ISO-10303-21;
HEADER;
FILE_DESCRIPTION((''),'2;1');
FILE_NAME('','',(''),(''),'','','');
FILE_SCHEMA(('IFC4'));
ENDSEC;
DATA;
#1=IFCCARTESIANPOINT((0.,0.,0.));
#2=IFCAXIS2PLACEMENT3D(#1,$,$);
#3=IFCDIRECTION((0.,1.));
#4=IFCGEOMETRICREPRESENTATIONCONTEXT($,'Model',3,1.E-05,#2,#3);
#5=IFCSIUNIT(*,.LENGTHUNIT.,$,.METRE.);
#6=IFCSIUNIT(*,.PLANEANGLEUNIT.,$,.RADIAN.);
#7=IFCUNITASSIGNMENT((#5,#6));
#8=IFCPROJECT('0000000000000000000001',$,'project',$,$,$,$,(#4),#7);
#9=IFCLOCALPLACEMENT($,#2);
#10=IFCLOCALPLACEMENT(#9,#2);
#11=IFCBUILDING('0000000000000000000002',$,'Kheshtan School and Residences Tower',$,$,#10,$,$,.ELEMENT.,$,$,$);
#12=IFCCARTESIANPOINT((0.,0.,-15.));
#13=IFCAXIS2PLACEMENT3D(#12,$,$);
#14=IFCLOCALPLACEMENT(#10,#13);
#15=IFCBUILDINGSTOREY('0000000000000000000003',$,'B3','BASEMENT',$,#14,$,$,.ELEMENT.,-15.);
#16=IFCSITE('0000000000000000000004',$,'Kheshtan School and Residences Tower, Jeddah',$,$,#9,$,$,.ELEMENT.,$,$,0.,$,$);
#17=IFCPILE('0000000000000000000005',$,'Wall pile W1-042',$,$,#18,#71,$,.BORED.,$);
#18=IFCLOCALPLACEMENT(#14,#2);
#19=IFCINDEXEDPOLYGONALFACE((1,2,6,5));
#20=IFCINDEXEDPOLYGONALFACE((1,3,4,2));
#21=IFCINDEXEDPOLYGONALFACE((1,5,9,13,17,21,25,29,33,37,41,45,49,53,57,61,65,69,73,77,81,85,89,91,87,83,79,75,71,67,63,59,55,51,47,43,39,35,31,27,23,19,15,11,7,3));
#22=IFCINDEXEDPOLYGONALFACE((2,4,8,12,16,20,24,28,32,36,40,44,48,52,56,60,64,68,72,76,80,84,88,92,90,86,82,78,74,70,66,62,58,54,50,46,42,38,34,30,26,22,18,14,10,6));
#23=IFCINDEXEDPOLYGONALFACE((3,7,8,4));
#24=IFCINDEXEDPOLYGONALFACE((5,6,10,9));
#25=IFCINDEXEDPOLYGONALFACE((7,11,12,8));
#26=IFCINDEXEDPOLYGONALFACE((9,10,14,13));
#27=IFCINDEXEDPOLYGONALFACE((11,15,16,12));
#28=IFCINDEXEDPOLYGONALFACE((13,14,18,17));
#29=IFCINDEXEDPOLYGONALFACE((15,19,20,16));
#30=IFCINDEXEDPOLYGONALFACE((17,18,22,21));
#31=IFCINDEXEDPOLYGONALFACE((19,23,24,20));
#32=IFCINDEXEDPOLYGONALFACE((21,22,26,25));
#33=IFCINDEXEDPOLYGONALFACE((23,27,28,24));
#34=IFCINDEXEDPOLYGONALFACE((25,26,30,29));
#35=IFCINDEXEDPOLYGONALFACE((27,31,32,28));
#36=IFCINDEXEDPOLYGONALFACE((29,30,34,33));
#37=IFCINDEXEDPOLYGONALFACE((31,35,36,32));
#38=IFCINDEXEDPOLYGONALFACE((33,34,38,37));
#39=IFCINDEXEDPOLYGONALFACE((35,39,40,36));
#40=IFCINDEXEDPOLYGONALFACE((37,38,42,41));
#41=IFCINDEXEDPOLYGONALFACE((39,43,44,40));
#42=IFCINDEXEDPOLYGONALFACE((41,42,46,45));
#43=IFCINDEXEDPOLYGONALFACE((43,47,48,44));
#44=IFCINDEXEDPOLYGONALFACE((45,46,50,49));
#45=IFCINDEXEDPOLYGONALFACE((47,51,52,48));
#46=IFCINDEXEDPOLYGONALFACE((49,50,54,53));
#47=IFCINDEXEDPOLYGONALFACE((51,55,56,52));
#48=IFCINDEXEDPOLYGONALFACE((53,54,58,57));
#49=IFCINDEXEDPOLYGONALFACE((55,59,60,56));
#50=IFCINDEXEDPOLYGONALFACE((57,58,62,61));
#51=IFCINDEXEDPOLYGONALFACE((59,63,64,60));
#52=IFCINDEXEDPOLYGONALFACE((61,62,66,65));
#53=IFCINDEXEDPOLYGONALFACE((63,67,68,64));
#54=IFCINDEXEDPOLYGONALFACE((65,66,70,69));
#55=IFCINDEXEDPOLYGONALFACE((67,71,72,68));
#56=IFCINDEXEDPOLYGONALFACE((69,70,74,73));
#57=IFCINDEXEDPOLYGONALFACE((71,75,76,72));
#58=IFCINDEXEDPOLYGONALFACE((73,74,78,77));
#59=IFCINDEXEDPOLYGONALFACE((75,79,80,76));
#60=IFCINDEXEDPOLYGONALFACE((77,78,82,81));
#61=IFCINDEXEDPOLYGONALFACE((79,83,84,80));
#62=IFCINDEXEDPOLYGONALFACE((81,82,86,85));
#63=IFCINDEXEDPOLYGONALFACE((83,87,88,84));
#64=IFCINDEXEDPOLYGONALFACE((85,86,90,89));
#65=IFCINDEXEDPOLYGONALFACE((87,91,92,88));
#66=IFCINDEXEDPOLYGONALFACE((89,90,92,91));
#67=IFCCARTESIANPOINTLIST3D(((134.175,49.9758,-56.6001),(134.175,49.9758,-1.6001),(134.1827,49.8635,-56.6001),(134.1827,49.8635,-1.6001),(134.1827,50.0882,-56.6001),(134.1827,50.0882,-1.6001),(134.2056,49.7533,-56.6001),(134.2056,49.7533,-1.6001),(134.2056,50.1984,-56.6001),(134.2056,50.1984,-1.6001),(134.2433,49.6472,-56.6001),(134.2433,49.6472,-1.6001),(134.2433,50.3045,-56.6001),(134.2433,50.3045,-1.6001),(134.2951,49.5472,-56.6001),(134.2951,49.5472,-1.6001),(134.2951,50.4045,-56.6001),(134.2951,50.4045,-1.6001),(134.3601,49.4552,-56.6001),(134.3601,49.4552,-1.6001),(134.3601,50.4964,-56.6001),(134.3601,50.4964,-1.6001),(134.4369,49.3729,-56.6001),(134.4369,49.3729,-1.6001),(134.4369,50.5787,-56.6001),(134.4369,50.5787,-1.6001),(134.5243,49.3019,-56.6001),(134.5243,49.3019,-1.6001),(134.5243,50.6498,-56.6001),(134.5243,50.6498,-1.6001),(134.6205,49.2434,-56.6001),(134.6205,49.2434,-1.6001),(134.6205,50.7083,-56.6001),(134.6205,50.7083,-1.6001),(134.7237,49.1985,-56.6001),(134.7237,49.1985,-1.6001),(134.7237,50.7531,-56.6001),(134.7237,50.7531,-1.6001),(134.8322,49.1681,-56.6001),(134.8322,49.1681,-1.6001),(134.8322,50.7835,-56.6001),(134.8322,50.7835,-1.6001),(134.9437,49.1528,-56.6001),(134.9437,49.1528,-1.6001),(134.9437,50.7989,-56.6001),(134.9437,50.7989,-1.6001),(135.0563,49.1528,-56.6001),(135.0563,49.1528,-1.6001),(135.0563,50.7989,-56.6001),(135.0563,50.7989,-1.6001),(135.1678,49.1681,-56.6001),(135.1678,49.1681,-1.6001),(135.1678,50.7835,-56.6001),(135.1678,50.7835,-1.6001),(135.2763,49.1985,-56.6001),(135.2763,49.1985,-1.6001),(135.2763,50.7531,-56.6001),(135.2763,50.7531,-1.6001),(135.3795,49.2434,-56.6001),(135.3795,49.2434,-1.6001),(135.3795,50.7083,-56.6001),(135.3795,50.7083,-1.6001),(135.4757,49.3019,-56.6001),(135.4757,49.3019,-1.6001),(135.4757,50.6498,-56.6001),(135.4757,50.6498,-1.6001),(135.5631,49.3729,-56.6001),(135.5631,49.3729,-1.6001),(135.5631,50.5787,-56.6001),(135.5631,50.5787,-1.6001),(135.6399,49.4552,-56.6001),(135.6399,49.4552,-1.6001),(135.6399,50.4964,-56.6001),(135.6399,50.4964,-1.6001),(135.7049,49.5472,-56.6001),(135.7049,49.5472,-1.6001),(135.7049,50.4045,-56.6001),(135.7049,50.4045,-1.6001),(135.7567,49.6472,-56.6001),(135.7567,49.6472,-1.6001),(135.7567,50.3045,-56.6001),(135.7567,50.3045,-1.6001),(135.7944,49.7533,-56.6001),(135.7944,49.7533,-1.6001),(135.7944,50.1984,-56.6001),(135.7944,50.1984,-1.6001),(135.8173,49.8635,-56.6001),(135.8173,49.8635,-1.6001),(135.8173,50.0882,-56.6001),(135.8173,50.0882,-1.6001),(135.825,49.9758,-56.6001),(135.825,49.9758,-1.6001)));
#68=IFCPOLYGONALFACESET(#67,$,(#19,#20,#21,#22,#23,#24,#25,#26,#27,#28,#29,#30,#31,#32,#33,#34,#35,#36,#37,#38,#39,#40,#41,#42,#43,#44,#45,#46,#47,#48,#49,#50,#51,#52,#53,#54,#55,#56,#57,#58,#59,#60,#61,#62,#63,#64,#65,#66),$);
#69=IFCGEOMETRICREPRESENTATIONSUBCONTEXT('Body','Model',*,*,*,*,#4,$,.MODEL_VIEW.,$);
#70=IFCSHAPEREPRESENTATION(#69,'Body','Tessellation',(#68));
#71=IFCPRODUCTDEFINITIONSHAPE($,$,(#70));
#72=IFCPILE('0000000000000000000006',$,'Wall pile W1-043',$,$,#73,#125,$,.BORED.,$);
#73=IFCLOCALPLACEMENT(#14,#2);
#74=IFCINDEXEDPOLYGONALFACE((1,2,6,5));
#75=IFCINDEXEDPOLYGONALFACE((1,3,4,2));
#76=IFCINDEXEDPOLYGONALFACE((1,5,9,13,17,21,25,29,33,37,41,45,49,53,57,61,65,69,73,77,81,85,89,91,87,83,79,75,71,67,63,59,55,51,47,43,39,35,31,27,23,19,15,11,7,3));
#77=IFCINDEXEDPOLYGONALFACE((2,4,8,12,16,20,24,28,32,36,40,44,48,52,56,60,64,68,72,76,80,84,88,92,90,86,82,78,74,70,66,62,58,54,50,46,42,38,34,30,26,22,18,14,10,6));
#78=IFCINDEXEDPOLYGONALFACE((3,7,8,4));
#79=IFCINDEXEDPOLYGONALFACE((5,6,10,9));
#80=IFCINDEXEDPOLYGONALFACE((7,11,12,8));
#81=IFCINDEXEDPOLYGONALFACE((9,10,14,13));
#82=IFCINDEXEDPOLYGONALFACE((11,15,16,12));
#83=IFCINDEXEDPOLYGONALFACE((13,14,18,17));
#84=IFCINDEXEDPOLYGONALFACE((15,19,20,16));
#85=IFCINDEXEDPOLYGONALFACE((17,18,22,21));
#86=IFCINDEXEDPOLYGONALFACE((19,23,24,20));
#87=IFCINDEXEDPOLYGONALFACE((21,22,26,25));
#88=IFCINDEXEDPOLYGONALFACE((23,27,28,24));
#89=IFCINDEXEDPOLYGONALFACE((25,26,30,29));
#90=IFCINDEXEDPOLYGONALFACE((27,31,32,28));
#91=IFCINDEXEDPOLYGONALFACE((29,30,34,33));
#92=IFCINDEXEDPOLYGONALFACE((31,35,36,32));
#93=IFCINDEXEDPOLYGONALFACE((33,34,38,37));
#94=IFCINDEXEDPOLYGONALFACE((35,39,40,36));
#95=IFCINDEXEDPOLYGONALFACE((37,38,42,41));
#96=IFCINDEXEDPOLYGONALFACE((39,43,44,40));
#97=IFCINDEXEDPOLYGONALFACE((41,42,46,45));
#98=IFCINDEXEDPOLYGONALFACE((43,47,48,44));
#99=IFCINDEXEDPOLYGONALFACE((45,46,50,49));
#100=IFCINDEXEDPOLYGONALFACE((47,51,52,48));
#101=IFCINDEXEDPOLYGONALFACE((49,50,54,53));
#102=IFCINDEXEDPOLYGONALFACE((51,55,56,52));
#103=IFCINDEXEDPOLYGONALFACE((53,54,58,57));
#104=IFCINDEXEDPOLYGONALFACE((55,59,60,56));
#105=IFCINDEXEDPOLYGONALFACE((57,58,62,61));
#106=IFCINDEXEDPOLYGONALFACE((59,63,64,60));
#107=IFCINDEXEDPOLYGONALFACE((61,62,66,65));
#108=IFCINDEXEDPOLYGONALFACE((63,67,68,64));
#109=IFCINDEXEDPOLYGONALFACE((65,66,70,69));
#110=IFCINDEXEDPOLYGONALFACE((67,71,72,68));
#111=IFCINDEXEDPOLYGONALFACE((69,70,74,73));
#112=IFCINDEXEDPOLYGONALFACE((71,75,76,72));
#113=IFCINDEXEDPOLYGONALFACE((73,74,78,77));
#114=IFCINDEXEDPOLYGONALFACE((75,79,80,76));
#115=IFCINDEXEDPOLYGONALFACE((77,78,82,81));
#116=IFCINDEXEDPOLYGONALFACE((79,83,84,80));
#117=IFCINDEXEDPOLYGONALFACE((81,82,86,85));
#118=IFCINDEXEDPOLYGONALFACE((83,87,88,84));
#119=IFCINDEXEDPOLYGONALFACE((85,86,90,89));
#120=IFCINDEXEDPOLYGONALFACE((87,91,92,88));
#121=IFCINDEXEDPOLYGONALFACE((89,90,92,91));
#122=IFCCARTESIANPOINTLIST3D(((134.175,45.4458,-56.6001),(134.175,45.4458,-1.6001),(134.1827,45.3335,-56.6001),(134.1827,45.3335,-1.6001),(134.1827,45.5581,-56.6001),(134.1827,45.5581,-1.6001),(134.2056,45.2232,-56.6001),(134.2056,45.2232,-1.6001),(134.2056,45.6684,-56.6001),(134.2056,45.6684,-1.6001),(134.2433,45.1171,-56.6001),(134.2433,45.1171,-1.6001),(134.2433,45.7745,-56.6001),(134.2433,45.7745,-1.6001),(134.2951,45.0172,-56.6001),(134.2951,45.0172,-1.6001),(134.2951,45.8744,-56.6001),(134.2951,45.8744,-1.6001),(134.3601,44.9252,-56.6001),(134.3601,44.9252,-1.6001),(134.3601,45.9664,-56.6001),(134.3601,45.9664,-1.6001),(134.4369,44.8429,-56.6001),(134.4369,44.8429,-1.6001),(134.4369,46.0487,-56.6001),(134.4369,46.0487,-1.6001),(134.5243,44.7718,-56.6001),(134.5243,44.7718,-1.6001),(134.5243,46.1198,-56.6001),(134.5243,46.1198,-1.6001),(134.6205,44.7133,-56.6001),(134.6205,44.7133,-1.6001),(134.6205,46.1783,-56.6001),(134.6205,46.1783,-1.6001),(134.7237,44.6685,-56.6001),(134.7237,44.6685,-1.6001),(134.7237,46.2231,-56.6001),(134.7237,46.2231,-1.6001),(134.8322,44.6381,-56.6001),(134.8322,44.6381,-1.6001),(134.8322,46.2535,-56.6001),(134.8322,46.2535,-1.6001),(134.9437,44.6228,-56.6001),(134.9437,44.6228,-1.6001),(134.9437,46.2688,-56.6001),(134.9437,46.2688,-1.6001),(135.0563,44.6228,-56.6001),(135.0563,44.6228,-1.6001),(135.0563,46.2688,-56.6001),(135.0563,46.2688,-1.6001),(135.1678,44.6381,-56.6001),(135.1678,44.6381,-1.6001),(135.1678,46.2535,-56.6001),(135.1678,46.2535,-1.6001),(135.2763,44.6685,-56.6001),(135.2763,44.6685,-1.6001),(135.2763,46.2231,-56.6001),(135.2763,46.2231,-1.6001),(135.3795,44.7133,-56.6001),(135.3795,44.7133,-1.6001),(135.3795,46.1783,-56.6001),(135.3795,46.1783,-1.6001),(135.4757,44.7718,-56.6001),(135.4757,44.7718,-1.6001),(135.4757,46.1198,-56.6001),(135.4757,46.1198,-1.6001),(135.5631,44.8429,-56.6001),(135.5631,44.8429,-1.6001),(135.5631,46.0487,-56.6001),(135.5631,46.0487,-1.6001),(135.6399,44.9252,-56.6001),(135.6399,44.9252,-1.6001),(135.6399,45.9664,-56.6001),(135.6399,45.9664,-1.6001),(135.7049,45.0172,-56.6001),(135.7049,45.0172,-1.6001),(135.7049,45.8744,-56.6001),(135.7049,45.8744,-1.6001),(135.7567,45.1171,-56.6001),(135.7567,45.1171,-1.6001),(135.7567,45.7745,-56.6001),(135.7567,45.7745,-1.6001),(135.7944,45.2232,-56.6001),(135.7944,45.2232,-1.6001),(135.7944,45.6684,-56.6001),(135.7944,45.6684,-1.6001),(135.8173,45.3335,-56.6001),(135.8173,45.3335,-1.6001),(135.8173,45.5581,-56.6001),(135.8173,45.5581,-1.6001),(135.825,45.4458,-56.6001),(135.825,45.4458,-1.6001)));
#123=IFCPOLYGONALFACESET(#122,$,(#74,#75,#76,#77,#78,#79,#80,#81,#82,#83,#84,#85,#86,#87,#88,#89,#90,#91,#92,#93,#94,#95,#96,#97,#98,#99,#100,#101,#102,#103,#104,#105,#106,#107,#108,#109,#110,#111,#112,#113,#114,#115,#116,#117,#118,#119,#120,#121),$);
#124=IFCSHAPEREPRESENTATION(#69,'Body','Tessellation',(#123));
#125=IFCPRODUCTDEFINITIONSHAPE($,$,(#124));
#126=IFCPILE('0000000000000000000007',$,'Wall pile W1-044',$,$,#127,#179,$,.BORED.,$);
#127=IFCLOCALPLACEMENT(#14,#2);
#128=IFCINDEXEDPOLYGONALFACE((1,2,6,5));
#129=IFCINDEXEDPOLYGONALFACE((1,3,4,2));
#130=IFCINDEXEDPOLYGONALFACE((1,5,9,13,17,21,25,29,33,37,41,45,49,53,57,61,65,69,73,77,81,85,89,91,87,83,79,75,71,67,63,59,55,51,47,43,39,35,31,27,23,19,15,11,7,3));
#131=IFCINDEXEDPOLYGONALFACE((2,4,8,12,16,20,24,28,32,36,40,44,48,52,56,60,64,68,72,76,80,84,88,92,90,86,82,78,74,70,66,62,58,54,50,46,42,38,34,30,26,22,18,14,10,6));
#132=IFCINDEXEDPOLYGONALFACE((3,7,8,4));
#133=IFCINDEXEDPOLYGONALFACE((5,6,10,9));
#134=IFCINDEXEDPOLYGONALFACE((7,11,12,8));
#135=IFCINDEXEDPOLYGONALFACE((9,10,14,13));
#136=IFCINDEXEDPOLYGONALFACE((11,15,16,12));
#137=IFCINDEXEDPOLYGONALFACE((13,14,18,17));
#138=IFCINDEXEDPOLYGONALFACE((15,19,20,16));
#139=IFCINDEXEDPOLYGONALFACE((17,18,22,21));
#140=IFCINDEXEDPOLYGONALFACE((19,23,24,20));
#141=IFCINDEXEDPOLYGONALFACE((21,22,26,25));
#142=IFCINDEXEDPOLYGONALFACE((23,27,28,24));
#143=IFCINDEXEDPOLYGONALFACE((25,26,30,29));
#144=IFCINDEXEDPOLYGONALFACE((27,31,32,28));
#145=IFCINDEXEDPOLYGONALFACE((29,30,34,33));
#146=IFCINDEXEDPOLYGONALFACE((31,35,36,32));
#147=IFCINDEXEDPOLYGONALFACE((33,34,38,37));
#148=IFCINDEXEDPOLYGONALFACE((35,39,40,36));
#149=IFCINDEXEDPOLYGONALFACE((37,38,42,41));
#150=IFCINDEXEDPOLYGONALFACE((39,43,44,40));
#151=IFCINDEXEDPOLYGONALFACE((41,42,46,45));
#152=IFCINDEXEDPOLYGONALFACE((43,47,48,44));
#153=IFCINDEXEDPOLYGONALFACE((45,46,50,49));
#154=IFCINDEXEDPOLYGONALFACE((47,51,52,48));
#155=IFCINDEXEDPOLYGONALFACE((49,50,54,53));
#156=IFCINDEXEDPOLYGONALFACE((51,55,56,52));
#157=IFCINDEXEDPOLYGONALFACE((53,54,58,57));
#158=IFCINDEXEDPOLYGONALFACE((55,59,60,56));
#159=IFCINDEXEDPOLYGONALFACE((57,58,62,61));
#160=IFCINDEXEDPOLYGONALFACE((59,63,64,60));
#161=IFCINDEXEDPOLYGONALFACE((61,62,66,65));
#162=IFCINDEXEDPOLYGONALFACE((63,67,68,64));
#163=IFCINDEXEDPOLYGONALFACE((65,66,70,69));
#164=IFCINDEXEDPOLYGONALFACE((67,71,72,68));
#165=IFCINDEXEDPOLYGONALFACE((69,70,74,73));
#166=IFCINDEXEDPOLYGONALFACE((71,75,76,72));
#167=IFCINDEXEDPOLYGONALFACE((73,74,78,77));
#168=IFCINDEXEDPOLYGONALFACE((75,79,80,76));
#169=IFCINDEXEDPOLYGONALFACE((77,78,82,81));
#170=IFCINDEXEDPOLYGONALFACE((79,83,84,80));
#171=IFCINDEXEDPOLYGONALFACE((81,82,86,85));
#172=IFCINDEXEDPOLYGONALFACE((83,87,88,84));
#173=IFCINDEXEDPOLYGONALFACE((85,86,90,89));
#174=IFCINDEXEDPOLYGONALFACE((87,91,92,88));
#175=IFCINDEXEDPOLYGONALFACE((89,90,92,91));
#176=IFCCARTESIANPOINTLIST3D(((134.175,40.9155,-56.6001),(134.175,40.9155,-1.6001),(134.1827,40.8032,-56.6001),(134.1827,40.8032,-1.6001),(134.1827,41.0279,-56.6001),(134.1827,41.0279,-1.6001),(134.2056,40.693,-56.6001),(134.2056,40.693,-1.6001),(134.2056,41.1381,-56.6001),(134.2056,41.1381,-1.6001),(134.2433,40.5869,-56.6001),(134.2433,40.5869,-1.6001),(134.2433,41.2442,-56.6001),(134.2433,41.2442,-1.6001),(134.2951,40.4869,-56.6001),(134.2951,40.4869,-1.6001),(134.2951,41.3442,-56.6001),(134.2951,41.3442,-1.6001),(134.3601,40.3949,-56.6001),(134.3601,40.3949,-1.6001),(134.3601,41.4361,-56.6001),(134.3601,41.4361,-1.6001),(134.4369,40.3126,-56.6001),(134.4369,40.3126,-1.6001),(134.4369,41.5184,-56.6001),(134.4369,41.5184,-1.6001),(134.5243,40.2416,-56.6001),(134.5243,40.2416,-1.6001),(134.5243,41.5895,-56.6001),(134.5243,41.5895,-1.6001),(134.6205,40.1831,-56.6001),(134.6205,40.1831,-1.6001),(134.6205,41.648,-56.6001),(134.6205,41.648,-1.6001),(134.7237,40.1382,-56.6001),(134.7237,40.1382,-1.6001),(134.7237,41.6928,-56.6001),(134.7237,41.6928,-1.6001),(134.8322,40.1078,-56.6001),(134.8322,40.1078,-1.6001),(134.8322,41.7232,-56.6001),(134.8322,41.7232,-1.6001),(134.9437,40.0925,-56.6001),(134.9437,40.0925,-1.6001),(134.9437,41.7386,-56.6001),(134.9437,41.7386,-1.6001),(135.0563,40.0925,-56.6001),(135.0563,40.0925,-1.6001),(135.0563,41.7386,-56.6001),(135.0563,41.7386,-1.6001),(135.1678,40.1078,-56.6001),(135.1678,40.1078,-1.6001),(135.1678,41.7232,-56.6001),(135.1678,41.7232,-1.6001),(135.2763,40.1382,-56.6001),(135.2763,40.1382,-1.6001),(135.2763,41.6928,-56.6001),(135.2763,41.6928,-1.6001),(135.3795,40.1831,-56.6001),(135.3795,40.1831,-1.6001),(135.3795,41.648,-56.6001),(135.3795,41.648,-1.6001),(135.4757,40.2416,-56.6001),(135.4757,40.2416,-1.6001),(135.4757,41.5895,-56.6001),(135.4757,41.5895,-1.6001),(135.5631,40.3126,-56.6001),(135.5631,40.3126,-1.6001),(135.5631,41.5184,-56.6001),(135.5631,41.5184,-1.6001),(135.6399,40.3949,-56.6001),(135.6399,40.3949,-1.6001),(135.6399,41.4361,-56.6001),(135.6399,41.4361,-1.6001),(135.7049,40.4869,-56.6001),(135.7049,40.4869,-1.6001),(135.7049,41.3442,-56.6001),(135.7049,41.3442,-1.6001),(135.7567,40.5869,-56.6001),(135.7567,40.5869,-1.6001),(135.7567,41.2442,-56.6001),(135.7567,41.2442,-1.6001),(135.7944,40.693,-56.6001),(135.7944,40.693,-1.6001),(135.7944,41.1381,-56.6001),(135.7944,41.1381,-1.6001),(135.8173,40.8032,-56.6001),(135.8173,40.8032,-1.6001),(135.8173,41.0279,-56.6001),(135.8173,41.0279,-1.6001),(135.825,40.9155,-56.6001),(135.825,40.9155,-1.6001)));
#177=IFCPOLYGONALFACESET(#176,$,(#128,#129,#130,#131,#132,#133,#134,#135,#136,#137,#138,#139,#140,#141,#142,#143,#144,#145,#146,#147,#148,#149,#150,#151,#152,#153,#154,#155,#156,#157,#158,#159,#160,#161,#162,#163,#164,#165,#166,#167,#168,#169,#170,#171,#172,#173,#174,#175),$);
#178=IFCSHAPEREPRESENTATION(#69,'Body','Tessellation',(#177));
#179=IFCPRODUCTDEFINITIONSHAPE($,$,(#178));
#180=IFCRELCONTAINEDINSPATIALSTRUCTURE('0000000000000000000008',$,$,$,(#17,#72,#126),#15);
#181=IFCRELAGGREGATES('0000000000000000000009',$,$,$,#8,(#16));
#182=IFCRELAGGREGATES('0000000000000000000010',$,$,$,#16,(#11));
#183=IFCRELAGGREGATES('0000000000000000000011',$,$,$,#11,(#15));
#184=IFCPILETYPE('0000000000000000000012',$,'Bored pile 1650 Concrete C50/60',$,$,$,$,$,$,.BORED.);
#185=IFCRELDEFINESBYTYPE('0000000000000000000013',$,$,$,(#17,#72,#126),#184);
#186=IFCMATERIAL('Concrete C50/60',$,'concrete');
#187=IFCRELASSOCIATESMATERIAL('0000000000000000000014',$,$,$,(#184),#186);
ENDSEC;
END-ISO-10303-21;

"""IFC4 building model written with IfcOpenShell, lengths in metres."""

from ifc_helpers import new_model, si_unit, direction, frame, origin, origin_2d, place, context, subcontext, project, spatial, circle, extrude, material, material_profile, profile_set, type_object, element, save


model = new_model("IFC4")

# Units and contexts
model_context = context("Model", 3, precision=1e-05, world=origin(), true_north=direction((0.0, 1.0)))
body_context = subcontext(model_context, "Body", "Model", "MODEL_VIEW")
ifc_project = project(units=[si_unit("LENGTHUNIT", "METRE"), si_unit("PLANEANGLEUNIT", "RADIAN")], contexts=[model_context])

# Site, building, storey
site_placement = place(None, origin())
site = spatial("IfcSite", under=ifc_project, at=site_placement, Name="Kheshtan School and Residences Tower, Jeddah", CompositionType="ELEMENT", RefElevation=0.0)
building_placement = place(site_placement, origin())
building = spatial("IfcBuilding", under=site, at=building_placement, Name="Kheshtan School and Residences Tower", CompositionType="ELEMENT")
storey_placement = place(building_placement, frame((0.0, 0.0, -15.0)))
storey = spatial("IfcBuildingStorey", under=building, at=storey_placement, Name="B3", Description="BASEMENT", CompositionType="ELEMENT", Elevation=-15.0)

# Piles
ifc_material_1 = material(Name="Concrete C50/60", Category="concrete")
ifc_material_profile_1 = material_profile(ifc_material_1, circle(Radius=0.825, at=origin_2d()), Name="BP 1650")
ifc_profile_set_1 = profile_set([ifc_material_profile_1], Name="Concrete C50/60")
pile_type_1 = type_object("IfcPileType", Name="Bored pile 1650 Concrete C50/60", PredefinedType="BORED", material=ifc_profile_set_1)
for number, where, z_axis, x_axis, name in (
    (1, (135.0, 49.9758, -1.6001), (0.0, 0.0, -1.0), (1.0, 0.0, 0.0), "Wall pile W1-042"),
    (2, (135.0, 45.4458, -1.6001), (0.0, 0.0, -1.0), (1.0, 0.0, 0.0), "Wall pile W1-043"),
    (3, (135.0, 40.9155, -1.6001), (0.0, 0.0, -1.0), (1.0, 0.0, 0.0), "Wall pile W1-044"),
):
    element("IfcPile", number, at=place(storey_placement, frame(where, z_axis=z_axis, x_axis=x_axis)), inside=storey, type_object=pile_type_1, Name=name, PredefinedType="BORED", context=body_context, shape_type="SweptSolid", body=[
        extrude(circle(Radius=0.825, at=origin_2d()), origin(), (0.0, 0.0, 1.0), 55.0),
    ])

save(model, "model.ifc")
